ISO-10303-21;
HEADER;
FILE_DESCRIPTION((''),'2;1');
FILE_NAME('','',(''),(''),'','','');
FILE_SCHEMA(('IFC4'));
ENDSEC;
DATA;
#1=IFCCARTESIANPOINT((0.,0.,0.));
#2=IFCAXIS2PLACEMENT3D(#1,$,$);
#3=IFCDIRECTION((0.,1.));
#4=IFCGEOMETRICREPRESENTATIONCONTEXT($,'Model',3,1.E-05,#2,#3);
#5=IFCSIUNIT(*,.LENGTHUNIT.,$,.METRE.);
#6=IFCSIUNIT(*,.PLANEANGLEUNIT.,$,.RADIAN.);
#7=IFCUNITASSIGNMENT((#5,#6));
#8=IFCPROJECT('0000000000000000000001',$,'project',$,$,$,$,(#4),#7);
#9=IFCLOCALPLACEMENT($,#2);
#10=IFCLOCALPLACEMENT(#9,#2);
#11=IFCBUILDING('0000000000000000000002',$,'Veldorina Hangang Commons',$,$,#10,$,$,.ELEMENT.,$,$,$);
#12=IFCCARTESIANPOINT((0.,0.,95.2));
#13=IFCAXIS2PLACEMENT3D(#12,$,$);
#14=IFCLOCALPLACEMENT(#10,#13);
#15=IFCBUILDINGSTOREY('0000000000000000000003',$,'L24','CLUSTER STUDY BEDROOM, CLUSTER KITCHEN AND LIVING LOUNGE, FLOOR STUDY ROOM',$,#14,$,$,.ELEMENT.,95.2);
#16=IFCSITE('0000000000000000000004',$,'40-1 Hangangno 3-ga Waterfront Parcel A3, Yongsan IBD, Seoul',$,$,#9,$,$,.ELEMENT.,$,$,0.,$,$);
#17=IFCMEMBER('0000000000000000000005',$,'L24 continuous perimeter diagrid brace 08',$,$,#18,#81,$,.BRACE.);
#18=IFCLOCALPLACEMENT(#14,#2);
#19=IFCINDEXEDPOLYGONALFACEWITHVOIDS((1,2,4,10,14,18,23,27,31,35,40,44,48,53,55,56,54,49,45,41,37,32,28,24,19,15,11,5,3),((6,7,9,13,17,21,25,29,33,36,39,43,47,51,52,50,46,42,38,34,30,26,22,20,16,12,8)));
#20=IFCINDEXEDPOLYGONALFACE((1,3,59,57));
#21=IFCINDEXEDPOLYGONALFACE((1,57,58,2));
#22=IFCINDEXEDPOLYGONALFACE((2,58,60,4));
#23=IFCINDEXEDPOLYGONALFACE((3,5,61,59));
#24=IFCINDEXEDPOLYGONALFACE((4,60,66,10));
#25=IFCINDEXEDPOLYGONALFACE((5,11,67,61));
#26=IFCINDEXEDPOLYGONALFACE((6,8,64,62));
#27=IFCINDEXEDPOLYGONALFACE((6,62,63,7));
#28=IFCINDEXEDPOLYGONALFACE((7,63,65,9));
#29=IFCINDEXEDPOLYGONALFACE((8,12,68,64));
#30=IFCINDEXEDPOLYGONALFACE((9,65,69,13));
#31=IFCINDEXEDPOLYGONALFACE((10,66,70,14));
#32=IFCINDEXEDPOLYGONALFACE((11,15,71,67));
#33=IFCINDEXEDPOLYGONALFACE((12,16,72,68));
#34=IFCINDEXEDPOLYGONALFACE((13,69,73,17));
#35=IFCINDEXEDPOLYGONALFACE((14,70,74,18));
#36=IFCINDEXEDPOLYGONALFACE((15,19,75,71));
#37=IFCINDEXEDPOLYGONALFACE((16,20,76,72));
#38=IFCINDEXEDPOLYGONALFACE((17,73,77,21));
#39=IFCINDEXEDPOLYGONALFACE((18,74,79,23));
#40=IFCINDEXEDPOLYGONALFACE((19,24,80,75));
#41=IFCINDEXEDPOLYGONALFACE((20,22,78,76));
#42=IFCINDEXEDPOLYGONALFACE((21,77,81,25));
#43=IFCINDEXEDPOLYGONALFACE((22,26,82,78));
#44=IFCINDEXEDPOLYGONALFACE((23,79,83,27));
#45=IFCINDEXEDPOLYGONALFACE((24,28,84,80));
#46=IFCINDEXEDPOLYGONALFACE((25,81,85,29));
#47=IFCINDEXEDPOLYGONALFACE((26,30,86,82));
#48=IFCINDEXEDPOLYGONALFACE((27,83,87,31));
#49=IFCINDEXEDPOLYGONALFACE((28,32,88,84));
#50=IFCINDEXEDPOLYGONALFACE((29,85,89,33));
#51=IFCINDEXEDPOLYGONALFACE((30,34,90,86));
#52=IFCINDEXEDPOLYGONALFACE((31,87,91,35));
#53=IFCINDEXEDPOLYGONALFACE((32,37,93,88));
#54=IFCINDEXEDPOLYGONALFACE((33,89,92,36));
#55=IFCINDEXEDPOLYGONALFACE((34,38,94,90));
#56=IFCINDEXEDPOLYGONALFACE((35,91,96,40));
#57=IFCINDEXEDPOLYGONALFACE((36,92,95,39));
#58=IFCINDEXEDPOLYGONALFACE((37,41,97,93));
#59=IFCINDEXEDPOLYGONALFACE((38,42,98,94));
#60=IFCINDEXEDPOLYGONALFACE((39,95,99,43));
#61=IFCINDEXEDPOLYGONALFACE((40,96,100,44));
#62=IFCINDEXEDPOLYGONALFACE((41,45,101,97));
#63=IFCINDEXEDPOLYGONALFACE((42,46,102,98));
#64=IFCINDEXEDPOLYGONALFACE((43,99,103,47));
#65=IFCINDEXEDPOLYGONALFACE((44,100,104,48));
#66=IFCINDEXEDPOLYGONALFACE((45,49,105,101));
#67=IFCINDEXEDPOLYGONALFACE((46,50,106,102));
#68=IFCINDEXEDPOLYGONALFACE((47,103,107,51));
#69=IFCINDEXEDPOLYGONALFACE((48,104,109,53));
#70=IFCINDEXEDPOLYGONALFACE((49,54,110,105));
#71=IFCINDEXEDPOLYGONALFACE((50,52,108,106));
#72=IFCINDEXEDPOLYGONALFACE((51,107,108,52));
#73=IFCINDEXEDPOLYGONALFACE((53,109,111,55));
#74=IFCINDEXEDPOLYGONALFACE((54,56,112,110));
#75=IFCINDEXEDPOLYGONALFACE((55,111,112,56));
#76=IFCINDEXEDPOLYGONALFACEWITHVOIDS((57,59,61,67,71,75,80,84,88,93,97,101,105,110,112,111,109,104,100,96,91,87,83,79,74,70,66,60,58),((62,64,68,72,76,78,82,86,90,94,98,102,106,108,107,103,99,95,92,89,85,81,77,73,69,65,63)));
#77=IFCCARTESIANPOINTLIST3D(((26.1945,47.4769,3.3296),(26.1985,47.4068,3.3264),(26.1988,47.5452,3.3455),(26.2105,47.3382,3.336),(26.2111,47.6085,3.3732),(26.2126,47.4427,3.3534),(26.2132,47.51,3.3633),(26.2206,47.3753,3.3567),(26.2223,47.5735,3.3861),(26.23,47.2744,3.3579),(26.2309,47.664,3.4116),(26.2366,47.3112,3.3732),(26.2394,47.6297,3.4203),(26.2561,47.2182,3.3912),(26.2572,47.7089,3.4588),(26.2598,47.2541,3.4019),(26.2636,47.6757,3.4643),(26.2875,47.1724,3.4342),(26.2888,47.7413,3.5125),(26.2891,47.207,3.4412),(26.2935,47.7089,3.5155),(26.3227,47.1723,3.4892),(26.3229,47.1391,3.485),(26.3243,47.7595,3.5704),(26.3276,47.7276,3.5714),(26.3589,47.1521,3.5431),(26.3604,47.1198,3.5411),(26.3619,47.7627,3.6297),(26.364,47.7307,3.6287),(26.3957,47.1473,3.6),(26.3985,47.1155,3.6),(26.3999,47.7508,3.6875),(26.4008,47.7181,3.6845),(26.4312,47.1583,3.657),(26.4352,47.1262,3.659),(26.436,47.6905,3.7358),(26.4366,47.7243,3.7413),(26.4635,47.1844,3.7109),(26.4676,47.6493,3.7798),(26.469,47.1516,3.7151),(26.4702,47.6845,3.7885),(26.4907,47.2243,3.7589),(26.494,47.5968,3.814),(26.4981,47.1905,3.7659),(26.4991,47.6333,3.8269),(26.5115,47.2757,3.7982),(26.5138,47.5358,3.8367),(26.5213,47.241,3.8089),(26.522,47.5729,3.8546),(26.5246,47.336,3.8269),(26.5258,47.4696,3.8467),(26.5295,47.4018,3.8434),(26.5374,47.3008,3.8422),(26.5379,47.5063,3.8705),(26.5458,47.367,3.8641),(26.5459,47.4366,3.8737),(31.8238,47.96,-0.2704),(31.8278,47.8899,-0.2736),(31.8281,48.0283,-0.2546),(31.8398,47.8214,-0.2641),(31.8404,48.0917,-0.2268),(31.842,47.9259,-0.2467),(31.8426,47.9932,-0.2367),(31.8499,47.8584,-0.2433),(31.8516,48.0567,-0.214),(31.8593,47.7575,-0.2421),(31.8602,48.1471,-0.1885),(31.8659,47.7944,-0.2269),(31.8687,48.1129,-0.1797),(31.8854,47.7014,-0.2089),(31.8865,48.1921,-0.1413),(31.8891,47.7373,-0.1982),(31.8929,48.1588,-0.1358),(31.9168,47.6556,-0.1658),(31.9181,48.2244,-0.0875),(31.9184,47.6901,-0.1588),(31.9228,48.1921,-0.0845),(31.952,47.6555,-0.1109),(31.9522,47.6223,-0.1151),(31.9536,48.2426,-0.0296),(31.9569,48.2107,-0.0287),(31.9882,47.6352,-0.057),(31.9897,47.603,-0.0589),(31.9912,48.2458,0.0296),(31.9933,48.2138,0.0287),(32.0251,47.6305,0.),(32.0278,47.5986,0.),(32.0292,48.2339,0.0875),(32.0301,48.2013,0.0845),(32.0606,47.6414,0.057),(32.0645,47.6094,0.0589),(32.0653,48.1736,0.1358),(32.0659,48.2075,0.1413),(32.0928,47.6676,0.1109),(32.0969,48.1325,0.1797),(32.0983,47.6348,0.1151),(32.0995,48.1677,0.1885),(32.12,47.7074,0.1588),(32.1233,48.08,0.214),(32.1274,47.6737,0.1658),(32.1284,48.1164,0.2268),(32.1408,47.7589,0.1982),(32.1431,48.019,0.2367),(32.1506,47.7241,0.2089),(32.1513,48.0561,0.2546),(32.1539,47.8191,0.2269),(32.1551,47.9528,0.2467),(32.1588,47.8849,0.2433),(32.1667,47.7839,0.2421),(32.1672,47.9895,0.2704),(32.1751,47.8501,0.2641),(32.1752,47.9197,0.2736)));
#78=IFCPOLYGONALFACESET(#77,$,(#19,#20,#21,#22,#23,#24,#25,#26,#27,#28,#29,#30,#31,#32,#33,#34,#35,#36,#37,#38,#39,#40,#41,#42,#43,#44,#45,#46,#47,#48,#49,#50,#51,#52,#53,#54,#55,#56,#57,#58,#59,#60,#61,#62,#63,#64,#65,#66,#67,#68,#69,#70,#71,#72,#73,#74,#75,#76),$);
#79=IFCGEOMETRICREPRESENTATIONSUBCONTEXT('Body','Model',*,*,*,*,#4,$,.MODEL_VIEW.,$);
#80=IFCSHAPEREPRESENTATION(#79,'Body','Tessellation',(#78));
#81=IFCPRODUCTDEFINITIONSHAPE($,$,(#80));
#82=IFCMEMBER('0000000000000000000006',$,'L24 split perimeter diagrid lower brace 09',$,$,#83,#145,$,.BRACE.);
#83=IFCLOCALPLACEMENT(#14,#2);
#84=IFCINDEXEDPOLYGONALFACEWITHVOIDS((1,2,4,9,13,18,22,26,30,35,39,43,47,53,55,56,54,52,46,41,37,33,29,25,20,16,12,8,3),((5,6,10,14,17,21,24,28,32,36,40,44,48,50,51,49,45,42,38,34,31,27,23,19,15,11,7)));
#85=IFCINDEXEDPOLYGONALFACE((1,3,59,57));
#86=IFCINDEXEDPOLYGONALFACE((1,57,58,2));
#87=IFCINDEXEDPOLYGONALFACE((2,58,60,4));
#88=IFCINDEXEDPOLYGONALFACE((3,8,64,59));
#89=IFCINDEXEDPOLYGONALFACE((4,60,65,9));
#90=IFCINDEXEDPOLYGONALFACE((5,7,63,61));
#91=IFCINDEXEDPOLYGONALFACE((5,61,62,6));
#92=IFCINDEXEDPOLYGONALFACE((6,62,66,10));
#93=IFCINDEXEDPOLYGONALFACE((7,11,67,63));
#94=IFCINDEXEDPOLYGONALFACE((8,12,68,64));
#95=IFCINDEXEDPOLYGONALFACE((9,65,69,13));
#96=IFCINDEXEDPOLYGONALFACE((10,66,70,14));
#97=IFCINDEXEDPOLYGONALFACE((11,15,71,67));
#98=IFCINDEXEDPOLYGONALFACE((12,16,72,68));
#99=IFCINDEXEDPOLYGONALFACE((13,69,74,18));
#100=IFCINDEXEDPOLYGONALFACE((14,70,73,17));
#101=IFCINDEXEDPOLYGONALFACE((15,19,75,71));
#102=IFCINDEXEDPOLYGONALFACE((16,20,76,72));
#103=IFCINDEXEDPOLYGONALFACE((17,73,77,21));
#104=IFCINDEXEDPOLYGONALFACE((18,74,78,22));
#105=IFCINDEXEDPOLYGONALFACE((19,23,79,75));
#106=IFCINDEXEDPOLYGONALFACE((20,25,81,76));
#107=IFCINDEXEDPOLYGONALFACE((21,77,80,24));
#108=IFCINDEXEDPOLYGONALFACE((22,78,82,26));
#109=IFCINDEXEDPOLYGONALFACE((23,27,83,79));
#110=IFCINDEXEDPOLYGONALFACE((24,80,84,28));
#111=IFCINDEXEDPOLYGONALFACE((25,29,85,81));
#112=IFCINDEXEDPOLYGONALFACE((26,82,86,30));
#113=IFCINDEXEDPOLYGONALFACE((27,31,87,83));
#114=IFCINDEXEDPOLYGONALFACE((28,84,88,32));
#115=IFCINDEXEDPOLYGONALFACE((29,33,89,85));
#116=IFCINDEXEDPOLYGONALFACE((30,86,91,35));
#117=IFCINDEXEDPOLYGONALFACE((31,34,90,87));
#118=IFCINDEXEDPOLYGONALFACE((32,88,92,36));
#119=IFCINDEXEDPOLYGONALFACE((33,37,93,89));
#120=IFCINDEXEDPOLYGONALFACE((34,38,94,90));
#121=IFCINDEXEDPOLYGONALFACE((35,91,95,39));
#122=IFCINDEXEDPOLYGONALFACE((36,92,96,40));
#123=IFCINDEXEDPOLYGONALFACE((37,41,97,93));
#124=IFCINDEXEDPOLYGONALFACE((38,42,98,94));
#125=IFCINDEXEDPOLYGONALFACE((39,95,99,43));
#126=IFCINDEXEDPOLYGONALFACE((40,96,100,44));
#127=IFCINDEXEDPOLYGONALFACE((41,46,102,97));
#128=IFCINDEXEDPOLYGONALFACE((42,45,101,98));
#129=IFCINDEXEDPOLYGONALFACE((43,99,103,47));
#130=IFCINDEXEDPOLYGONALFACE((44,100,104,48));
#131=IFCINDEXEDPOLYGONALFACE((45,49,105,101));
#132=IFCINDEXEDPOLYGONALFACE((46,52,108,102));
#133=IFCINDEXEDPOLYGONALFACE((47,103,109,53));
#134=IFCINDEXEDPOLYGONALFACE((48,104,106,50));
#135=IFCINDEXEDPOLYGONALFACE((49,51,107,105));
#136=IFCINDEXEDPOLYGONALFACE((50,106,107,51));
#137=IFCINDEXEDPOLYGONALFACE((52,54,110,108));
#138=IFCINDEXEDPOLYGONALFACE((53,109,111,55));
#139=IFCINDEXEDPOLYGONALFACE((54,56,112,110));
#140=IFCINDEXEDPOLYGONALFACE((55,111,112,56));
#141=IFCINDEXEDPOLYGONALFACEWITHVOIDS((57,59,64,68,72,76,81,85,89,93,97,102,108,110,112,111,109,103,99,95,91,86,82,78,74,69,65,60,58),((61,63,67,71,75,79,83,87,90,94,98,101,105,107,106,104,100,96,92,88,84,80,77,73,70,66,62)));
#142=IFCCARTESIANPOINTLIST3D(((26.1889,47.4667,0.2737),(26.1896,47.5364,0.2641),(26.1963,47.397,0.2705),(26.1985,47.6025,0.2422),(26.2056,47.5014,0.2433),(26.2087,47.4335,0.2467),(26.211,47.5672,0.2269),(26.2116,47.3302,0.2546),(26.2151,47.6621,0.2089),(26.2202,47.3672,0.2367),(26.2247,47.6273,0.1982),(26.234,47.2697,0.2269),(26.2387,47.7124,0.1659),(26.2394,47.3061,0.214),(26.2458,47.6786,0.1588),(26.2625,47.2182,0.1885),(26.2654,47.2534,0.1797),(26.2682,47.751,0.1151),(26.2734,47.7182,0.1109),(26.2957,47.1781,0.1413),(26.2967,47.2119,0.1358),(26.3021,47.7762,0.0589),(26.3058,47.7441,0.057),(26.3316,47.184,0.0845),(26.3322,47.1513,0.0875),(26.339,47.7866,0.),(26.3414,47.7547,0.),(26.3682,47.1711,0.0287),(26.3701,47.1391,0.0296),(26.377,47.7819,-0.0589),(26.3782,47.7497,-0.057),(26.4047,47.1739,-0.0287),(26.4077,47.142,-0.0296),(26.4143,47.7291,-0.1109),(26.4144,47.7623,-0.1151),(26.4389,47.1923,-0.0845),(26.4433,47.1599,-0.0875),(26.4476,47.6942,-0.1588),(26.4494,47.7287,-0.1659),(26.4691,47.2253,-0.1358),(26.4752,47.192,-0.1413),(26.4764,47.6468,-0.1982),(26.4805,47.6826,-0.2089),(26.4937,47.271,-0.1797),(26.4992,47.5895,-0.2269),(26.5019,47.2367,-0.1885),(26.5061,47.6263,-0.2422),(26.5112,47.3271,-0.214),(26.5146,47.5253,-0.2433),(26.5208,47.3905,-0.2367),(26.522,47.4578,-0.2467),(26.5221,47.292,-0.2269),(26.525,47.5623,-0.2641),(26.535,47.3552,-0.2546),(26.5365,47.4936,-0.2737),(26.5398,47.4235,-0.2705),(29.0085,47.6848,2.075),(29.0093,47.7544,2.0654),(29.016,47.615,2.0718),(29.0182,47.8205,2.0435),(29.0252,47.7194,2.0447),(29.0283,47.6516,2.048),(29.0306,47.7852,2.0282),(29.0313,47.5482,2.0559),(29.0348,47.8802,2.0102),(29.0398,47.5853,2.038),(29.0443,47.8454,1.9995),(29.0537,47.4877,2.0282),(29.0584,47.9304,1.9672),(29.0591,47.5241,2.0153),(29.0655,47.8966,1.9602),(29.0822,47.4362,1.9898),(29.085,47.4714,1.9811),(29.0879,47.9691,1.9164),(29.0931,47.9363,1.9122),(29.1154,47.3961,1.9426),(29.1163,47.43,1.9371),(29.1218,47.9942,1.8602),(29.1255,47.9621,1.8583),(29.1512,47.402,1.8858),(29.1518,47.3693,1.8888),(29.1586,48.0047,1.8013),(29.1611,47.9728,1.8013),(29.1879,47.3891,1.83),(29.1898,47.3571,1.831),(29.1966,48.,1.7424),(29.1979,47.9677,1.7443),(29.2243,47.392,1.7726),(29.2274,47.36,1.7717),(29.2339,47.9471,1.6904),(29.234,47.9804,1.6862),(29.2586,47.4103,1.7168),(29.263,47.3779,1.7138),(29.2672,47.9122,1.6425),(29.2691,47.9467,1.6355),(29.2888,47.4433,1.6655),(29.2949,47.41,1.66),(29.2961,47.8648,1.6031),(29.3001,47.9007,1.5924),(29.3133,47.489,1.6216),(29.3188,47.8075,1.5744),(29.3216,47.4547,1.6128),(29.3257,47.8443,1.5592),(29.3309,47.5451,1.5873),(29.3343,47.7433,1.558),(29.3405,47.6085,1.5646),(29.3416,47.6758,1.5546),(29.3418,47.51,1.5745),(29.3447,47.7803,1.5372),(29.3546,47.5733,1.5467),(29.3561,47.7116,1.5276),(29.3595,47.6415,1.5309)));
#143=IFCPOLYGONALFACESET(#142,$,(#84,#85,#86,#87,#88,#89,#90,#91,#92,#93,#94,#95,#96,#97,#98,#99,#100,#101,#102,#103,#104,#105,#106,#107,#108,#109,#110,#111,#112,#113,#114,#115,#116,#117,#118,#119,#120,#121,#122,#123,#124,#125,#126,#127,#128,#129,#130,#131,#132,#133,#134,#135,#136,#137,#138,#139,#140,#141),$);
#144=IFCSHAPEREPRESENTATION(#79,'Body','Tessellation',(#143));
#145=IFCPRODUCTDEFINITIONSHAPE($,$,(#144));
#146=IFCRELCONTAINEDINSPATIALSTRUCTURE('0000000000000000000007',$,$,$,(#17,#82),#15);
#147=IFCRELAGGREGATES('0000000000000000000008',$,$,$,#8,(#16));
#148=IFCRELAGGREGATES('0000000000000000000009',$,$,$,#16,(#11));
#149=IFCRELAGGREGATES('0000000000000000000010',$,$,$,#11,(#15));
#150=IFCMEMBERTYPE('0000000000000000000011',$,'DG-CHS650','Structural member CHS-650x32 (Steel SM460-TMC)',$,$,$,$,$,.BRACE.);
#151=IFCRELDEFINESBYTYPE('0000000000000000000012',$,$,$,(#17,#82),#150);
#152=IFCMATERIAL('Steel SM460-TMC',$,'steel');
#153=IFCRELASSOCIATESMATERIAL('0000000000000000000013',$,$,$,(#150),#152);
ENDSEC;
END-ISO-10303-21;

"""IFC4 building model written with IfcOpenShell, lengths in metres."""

from ifc_helpers import new_model, si_unit, direction, frame, origin, origin_2d, place, context, subcontext, project, spatial, hollow_circle, extrude, material, material_profile, profile_set, type_object, element, save


model = new_model("IFC4")

# Units and contexts
model_context = context("Model", 3, precision=1e-05, world=origin(), true_north=direction((0.0, 1.0)))
body_context = subcontext(model_context, "Body", "Model", "MODEL_VIEW")
ifc_project = project(units=[si_unit("LENGTHUNIT", "METRE"), si_unit("PLANEANGLEUNIT", "RADIAN")], contexts=[model_context])

# Site, building, storey
site_placement = place(None, origin())
site = spatial("IfcSite", under=ifc_project, at=site_placement, Name="40-1 Hangangno 3-ga Waterfront Parcel A3, Yongsan IBD, Seoul", CompositionType="ELEMENT", RefElevation=0.0)
building_placement = place(site_placement, origin())
building = spatial("IfcBuilding", under=site, at=building_placement, Name="Veldorina Hangang Commons", CompositionType="ELEMENT")
storey_placement = place(building_placement, frame((0.0, 0.0, 95.2)))
storey = spatial("IfcBuildingStorey", under=building, at=storey_placement, Name="L24", Description="CLUSTER STUDY BEDROOM, CLUSTER KITCHEN AND LIVING LOUNGE, FLOOR STUDY ROOM", CompositionType="ELEMENT", Elevation=95.2)

# Members
ifc_material_1 = material(Name="Steel SM460-TMC", Category="steel")
ifc_material_profile_1 = material_profile(ifc_material_1, hollow_circle(Radius=0.325, WallThickness=0.032, at=origin_2d()), Name="CHS-650x32")
ifc_profile_set_1 = profile_set([ifc_material_profile_1], Name="Steel SM460-TMC")
member_type = type_object("IfcMemberType", Name="DG-CHS650", Description="Structural member CHS-650x32 (Steel SM460-TMC)", PredefinedType="BRACE", material=ifc_profile_set_1)
member_1_placement = place(storey_placement, frame((32.0, 47.9224, 0.0), z_axis=(-0.840262, -0.072117, 0.537363), x_axis=(0.085513, -0.996337, 0.0)))
element("IfcMember", 1, at=member_1_placement, inside=storey, type_object=member_type, Name="L24 continuous perimeter diagrid brace 08", PredefinedType="BRACE", context=body_context, shape_type="SweptSolid", body=[
    extrude(hollow_circle(Radius=0.325, WallThickness=0.032, at=origin_2d()), origin(), (0.0, 0.0, 1.0), 6.6995),
])
member_2_placement = place(storey_placement, frame((26.364, 47.4626, 0.0), z_axis=(0.84093, 0.065023, 0.537223), x_axis=(-0.077093, 0.997024, 0.0)))
element("IfcMember", 2, at=member_2_placement, inside=storey, type_object=member_type, Name="L24 split perimeter diagrid lower brace 09", PredefinedType="BRACE", context=body_context, shape_type="SweptSolid", body=[
    extrude(hollow_circle(Radius=0.325, WallThickness=0.032, at=origin_2d()), origin(), (0.0, 0.0, 1.0), 3.353),
])

save(model, "model.ifc")
